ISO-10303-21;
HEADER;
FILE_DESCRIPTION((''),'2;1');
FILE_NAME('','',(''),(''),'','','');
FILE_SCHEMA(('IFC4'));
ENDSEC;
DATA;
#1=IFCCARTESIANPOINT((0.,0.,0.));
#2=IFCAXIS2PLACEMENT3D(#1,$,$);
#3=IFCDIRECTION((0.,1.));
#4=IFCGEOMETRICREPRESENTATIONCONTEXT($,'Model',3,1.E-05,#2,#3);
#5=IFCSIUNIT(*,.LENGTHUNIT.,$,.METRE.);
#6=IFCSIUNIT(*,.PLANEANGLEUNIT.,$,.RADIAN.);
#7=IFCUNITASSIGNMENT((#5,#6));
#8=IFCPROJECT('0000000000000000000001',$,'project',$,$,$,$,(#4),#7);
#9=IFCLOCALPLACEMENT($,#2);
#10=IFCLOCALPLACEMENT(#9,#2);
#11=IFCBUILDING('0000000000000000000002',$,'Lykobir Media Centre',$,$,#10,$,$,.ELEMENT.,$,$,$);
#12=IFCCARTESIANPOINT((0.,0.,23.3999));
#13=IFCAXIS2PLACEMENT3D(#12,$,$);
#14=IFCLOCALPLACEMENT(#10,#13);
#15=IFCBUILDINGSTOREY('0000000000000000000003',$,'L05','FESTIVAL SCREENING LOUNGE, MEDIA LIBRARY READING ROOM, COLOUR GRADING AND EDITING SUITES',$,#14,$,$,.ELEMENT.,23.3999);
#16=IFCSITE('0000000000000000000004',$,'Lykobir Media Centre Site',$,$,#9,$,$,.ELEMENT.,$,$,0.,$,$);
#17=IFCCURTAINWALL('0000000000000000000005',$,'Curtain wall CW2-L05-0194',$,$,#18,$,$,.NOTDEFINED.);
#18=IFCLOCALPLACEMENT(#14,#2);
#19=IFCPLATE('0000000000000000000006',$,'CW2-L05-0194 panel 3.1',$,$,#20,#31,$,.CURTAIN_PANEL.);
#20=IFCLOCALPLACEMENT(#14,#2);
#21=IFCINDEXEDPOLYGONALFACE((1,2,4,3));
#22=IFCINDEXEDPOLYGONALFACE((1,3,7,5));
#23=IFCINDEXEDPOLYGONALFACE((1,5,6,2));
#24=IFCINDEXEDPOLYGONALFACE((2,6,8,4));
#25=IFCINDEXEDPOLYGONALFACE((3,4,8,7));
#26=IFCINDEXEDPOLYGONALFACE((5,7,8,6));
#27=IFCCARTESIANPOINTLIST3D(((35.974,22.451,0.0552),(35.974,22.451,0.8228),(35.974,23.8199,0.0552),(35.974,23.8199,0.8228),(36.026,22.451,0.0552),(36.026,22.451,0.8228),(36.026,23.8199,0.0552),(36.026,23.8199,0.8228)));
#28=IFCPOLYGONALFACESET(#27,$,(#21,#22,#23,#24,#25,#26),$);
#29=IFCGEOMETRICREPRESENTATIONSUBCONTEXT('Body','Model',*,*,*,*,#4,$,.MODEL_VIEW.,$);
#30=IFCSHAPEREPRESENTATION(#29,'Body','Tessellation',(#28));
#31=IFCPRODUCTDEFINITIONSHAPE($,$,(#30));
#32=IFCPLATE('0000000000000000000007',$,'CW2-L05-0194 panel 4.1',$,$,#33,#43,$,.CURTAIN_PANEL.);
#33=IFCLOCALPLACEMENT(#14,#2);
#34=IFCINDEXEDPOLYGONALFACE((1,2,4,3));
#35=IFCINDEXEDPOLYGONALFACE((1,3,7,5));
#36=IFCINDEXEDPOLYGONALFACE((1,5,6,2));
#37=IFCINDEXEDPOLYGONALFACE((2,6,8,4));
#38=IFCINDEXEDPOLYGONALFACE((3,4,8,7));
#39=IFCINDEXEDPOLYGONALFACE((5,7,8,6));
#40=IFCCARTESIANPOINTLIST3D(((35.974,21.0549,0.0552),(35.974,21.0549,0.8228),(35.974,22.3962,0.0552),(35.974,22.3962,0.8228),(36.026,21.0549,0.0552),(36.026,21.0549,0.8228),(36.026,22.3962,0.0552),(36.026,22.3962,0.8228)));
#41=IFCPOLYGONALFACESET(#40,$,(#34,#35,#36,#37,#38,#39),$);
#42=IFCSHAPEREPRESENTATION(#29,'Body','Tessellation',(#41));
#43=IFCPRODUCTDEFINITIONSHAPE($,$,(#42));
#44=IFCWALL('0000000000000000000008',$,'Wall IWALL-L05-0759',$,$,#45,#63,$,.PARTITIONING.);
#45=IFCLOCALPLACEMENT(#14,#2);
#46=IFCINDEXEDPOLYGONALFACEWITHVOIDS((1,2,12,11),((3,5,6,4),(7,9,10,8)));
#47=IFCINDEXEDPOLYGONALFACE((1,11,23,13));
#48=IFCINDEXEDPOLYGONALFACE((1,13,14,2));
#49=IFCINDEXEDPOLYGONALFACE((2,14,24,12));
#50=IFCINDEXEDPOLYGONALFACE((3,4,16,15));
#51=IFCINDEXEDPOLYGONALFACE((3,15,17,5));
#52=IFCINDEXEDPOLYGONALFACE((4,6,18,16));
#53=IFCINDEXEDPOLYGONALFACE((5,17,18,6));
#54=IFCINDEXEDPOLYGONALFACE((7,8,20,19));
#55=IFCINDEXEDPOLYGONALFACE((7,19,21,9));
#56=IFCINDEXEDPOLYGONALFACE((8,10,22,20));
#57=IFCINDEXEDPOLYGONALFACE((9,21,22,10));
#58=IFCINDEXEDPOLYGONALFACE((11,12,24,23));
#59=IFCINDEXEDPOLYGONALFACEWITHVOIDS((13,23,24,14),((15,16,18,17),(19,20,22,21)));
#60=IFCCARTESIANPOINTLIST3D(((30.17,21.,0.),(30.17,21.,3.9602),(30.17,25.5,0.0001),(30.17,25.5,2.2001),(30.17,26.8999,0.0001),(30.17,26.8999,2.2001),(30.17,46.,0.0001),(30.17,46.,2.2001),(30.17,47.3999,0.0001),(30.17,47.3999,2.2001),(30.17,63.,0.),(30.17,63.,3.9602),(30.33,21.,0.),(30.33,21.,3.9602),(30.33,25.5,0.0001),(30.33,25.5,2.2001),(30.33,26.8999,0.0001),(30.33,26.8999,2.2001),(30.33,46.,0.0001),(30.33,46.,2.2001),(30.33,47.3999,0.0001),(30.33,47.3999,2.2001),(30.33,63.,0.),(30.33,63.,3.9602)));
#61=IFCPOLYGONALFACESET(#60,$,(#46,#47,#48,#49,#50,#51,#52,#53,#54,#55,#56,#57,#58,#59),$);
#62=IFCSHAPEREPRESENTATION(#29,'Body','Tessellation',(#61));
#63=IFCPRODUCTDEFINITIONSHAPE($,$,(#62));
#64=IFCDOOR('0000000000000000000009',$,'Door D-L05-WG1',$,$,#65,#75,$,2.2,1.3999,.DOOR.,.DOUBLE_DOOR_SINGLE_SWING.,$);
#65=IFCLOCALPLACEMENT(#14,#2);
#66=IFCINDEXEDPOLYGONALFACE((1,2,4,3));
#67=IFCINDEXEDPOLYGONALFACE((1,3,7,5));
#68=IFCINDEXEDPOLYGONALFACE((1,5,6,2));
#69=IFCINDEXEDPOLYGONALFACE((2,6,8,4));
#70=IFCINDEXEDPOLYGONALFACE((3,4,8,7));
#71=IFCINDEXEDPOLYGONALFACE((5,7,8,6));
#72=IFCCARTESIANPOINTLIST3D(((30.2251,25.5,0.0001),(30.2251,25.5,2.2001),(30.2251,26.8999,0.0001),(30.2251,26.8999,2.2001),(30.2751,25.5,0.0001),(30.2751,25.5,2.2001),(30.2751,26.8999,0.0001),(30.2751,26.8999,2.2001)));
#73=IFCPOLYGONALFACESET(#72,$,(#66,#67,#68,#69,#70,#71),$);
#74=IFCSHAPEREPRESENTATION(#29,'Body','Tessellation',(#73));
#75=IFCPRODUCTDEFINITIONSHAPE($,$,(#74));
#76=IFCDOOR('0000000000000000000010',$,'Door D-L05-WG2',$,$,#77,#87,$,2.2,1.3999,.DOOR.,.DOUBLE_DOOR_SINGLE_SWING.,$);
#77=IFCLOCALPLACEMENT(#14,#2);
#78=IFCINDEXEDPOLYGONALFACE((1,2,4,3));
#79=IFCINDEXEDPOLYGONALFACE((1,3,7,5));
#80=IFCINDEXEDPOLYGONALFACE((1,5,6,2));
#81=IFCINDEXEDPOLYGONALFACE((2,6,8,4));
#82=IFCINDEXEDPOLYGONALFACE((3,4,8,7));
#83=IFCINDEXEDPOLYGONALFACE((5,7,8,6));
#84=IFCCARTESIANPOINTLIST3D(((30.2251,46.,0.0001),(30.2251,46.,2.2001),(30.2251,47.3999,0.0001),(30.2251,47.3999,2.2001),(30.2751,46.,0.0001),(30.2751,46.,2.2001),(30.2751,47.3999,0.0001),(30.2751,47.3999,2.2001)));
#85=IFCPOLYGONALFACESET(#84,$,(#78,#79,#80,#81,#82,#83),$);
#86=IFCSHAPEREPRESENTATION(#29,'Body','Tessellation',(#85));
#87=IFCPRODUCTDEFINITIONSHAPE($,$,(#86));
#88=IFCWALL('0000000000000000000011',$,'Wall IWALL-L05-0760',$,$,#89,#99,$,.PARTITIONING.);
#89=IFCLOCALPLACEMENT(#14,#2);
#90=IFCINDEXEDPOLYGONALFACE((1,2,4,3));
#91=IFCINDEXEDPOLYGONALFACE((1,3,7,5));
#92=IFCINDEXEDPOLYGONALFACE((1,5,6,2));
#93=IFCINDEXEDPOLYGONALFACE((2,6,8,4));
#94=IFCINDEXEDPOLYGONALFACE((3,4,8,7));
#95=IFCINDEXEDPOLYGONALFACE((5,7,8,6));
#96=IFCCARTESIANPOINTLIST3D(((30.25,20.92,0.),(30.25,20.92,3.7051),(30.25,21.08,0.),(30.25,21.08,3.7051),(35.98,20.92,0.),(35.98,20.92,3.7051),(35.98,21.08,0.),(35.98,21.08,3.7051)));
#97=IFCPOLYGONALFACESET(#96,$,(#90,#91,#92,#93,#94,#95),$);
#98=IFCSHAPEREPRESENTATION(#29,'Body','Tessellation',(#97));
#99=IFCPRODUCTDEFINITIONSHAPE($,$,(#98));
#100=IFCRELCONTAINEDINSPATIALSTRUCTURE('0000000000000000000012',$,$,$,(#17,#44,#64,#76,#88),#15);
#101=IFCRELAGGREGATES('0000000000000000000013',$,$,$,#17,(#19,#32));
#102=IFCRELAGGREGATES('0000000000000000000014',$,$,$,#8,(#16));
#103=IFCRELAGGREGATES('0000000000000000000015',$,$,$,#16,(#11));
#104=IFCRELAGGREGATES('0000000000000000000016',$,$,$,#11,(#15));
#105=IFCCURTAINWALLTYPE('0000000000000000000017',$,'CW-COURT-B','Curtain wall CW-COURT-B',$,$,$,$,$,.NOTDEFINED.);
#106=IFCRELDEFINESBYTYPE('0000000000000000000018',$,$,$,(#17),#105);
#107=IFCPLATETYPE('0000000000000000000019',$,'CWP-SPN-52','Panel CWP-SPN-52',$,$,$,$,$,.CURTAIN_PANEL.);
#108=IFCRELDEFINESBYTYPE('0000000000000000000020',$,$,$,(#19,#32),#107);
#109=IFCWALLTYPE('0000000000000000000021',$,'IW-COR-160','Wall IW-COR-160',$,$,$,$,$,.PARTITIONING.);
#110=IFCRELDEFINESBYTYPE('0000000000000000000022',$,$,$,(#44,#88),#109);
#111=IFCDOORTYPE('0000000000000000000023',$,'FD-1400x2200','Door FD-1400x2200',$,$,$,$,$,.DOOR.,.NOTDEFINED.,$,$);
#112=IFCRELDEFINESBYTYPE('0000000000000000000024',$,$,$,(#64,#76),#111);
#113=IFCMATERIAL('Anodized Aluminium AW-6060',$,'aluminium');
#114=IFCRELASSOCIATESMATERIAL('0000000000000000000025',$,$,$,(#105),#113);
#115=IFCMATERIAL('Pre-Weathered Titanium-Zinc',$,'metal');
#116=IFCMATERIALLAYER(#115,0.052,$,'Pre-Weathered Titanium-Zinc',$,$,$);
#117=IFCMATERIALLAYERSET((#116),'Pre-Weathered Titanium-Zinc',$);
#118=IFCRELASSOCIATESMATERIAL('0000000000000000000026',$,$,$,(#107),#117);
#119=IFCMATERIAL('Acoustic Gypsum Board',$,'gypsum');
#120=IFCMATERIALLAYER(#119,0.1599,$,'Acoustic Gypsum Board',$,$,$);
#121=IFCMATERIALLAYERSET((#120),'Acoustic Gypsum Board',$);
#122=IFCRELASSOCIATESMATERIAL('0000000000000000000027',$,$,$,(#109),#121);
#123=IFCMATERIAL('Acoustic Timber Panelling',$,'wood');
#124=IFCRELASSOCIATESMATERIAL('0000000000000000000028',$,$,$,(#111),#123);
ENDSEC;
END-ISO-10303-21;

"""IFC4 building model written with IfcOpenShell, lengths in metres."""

from ifc_helpers import new_model, si_unit, direction, frame, frame_2d, origin, origin_2d, place, context, subcontext, project, spatial, rectangle, extrude, material, layer, layer_set, type_object, element, fill, aggregate, save


model = new_model("IFC4")

# Units and contexts
model_context = context("Model", 3, precision=1e-05, world=origin(), true_north=direction((0.0, 1.0)))
body_context = subcontext(model_context, "Body", "Model", "MODEL_VIEW")
ifc_project = project(units=[si_unit("LENGTHUNIT", "METRE"), si_unit("PLANEANGLEUNIT", "RADIAN")], contexts=[model_context])

# Site, building, storey
site_placement = place(None, origin())
site = spatial("IfcSite", under=ifc_project, at=site_placement, Name="Lykobir Media Centre Site", CompositionType="ELEMENT", RefElevation=0.0)
building_placement = place(site_placement, origin())
building = spatial("IfcBuilding", under=site, at=building_placement, Name="Lykobir Media Centre", CompositionType="ELEMENT")
storey_placement = place(building_placement, frame((0.0, 0.0, 23.3999)))
storey = spatial("IfcBuildingStorey", under=building, at=storey_placement, Name="L05", Description="FESTIVAL SCREENING LOUNGE, MEDIA LIBRARY READING ROOM, COLOUR GRADING AND EDITING SUITES", CompositionType="ELEMENT", Elevation=23.3999)

# Curtain wall, plates
ifc_material_1 = material(Name="Anodized Aluminium AW-6060", Category="aluminium")
curtain_wall_type = type_object("IfcCurtainWallType", Name="CW-COURT-B", Description="Curtain wall CW-COURT-B", PredefinedType="NOTDEFINED", material=ifc_material_1)
curtain_wall_placement = place(storey_placement, origin())
curtain_wall = element("IfcCurtainWall", 1, at=curtain_wall_placement, inside=storey, type_object=curtain_wall_type, Name="Curtain wall CW2-L05-0194", PredefinedType="NOTDEFINED")
ifc_material_2 = material(Name="Pre-Weathered Titanium-Zinc", Category="metal")
ifc_layer_1 = layer(ifc_material_2, 0.052, Name="Pre-Weathered Titanium-Zinc")
ifc_layer_set_1 = layer_set([ifc_layer_1], Name="Pre-Weathered Titanium-Zinc")
plate_type_1 = type_object("IfcPlateType", Name="CWP-SPN-52", Description="Panel CWP-SPN-52", PredefinedType="CURTAIN_PANEL", material=ifc_layer_set_1)
plate_1_placement = place(storey_placement, frame((36.0, 23.1355, 0.0552), z_axis=(0.0, 0.0, 1.0), x_axis=(0.0, -1.0, 0.0)))
plate_1 = element("IfcPlate", 2, at=plate_1_placement, type_object=plate_type_1, Name="CW2-L05-0194 panel 3.1", PredefinedType="CURTAIN_PANEL", context=body_context, shape_type="SweptSolid", body=[
    extrude(rectangle(XDim=1.3689, YDim=0.052, at=origin_2d()), origin(), (0.0, 0.0, 1.0), 0.7676),
])
plate_2_placement = place(storey_placement, frame((36.0, 21.7256, 0.0552), z_axis=(0.0, 0.0, 1.0), x_axis=(0.0, -1.0, 0.0)))
plate_2 = element("IfcPlate", 3, at=plate_2_placement, type_object=plate_type_1, Name="CW2-L05-0194 panel 4.1", PredefinedType="CURTAIN_PANEL", context=body_context, shape_type="SweptSolid", body=[
    extrude(rectangle(XDim=1.3413, YDim=0.052, at=origin_2d()), origin(), (0.0, 0.0, 1.0), 0.7676),
])
aggregate(curtain_wall, [plate_1, plate_2])

# Wall, openings, doors
ifc_material_3 = material(Name="Acoustic Gypsum Board", Category="gypsum")
ifc_layer_2 = layer(ifc_material_3, 0.1599, Name="Acoustic Gypsum Board")
ifc_layer_set_2 = layer_set([ifc_layer_2], Name="Acoustic Gypsum Board")
wall_type = type_object("IfcWallType", Name="IW-COR-160", Description="Wall IW-COR-160", PredefinedType="PARTITIONING", material=ifc_layer_set_2)
wall_1_placement = place(storey_placement, frame((30.25, 21.0, 0.0), z_axis=(0.0, 0.0, 1.0), x_axis=(0.0, 1.0, 0.0)))
wall_1 = element("IfcWall", 4, at=wall_1_placement, inside=storey, type_object=wall_type, Name="Wall IWALL-L05-0759", PredefinedType="PARTITIONING", context=body_context, shape_type="SweptSolid", body=[
    extrude(rectangle(XDim=42.0, YDim=0.1599, at=frame_2d((21.0, 0.0))), origin(), (0.0, 0.0, 1.0), 3.9602),
])
opening_1_placement = place(wall_1_placement, frame((4.5, 0.0, 0.0)))
opening_1 = element("IfcOpeningElement", 5, at=opening_1_placement, cuts=wall_1, PredefinedType="OPENING", context=body_context, shape_type="SweptSolid", body=[
    extrude(rectangle(XDim=1.3999, YDim=2.2, at=frame_2d((0.7, 1.1001))), frame((0.0, 0.0898, 0.0), z_axis=(0.0, -1.0, 0.0), x_axis=(1.0, 0.0, 0.0)), (0.0, 0.0, 1.0), 0.1799),
])
opening_2_placement = place(wall_1_placement, frame((25.0, 0.0, 0.0)))
opening_2 = element("IfcOpeningElement", 6, at=opening_2_placement, cuts=wall_1, PredefinedType="OPENING", context=body_context, shape_type="SweptSolid", body=[
    extrude(rectangle(XDim=1.3999, YDim=2.2, at=frame_2d((0.7, 1.1001))), frame((0.0, 0.0898, 0.0), z_axis=(0.0, -1.0, 0.0), x_axis=(1.0, 0.0, 0.0)), (0.0, 0.0, 1.0), 0.1799),
])
ifc_material_4 = material(Name="Acoustic Timber Panelling", Category="wood")
door_type = type_object("IfcDoorType", Name="FD-1400x2200", Description="Door FD-1400x2200", OperationType="NOTDEFINED", PredefinedType="DOOR", material=ifc_material_4)
door_1_placement = place(opening_1_placement, origin())
door_1 = element("IfcDoor", 7, at=door_1_placement, inside=storey, type_object=door_type, Name="Door D-L05-WG1", OperationType="DOUBLE_DOOR_SINGLE_SWING", OverallHeight=2.2, OverallWidth=1.3999, PredefinedType="DOOR", context=body_context, shape_type="SweptSolid", body=[
    extrude(rectangle(XDim=1.3999, YDim=2.2, at=frame_2d((0.7, 1.1001))), frame((0.0, 0.0249, 0.0), z_axis=(0.0, -1.0, 0.0), x_axis=(1.0, 0.0, 0.0)), (0.0, 0.0, 1.0), 0.05),
])
fill(opening_1, door_1)
door_2_placement = place(opening_2_placement, origin())
door_2 = element("IfcDoor", 8, at=door_2_placement, inside=storey, type_object=door_type, Name="Door D-L05-WG2", OperationType="DOUBLE_DOOR_SINGLE_SWING", OverallHeight=2.2, OverallWidth=1.3999, PredefinedType="DOOR", context=body_context, shape_type="SweptSolid", body=[
    extrude(rectangle(XDim=1.3999, YDim=2.2, at=frame_2d((0.7, 1.1001))), frame((0.0, 0.0249, 0.0), z_axis=(0.0, -1.0, 0.0), x_axis=(1.0, 0.0, 0.0)), (0.0, 0.0, 1.0), 0.05),
])
fill(opening_2, door_2)

# Wall
wall_2_placement = place(storey_placement, frame((30.25, 21.0, 0.0), z_axis=(0.0, 0.0, 1.0), x_axis=(1.0, 0.0, 0.0)))
element("IfcWall", 9, at=wall_2_placement, inside=storey, type_object=wall_type, Name="Wall IWALL-L05-0760", PredefinedType="PARTITIONING", context=body_context, shape_type="SweptSolid", body=[
    extrude(rectangle(XDim=5.73, YDim=0.1599, at=frame_2d((2.865, 0.0))), origin(), (0.0, 0.0, 1.0), 3.7051),
])

save(model, "model.ifc")
